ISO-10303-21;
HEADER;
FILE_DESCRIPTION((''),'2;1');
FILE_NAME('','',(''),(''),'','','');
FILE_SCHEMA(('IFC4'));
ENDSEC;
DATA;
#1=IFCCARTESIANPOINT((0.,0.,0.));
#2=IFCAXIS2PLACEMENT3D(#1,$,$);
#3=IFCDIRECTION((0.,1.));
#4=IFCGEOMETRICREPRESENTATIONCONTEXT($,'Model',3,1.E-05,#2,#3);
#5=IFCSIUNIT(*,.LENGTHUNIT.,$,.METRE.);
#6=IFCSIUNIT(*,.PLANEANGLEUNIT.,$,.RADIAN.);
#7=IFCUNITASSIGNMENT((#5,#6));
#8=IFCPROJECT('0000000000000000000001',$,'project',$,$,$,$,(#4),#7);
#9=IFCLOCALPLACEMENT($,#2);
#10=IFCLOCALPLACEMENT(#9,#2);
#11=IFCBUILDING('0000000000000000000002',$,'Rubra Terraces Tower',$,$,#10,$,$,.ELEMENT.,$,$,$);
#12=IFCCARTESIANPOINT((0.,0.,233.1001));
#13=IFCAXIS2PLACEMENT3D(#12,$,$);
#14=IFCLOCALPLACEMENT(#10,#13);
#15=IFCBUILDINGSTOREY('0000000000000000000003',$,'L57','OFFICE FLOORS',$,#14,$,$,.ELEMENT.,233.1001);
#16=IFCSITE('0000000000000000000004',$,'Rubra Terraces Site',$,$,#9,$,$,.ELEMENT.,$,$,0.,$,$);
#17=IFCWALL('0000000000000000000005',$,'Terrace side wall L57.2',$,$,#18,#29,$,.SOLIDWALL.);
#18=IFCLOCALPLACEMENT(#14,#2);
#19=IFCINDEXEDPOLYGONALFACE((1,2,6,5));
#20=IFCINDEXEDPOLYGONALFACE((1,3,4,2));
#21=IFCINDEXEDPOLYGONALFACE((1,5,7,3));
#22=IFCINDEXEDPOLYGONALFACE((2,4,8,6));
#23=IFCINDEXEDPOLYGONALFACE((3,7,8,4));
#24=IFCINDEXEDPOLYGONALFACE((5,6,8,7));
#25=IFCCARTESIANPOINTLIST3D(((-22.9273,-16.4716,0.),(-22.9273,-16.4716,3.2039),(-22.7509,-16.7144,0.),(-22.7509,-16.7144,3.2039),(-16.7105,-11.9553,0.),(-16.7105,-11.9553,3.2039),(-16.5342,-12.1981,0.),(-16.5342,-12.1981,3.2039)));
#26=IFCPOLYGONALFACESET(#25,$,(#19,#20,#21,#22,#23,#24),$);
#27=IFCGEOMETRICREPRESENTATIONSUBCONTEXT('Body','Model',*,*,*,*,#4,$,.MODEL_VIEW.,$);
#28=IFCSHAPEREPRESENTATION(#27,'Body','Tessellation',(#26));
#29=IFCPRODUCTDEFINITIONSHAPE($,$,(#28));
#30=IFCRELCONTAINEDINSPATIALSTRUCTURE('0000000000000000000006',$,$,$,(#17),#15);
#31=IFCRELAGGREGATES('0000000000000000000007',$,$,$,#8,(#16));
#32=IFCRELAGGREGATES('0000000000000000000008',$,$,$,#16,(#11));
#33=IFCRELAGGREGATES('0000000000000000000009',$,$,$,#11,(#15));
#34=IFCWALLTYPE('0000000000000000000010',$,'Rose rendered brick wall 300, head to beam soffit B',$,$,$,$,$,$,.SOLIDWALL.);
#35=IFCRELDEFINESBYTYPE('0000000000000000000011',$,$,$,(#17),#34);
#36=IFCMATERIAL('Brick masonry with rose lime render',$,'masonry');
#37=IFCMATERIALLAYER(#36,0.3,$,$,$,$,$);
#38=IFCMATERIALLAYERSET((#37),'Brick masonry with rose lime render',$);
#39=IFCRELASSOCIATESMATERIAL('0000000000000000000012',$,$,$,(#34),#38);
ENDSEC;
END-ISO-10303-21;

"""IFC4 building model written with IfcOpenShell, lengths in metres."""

from ifc_helpers import new_model, si_unit, direction, frame, frame_2d, origin, place, context, subcontext, project, spatial, rectangle, extrude, material, layer, layer_set, type_object, element, save


model = new_model("IFC4")

# Units and contexts
model_context = context("Model", 3, precision=1e-05, world=origin(), true_north=direction((0.0, 1.0)))
body_context = subcontext(model_context, "Body", "Model", "MODEL_VIEW")
ifc_project = project(units=[si_unit("LENGTHUNIT", "METRE"), si_unit("PLANEANGLEUNIT", "RADIAN")], contexts=[model_context])

# Site, building, storey
site_placement = place(None, origin())
site = spatial("IfcSite", under=ifc_project, at=site_placement, Name="Rubra Terraces Site", CompositionType="ELEMENT", RefElevation=0.0)
building_placement = place(site_placement, origin())
building = spatial("IfcBuilding", under=site, at=building_placement, Name="Rubra Terraces Tower", CompositionType="ELEMENT")
storey_placement = place(building_placement, frame((0.0, 0.0, 233.1001)))
storey = spatial("IfcBuildingStorey", under=building, at=storey_placement, Name="L57", Description="OFFICE FLOORS", CompositionType="ELEMENT", Elevation=233.1001)

# Wall
ifc_material_1 = material(Name="Brick masonry with rose lime render", Category="masonry")
ifc_layer_1 = layer(ifc_material_1, 0.3)
ifc_layer_set_1 = layer_set([ifc_layer_1], Name="Brick masonry with rose lime render")
wall_type_1 = type_object("IfcWallType", Name="Rose rendered brick wall 300, head to beam soffit B", PredefinedType="SOLIDWALL", material=ifc_layer_set_1)
wall_1_placement = place(storey_placement, frame((-22.8391, -16.593, 0.0), z_axis=(0.0, 0.0, 1.0), x_axis=(0.809042, 0.58775, 0.0)))
element("IfcWall", 1, at=wall_1_placement, inside=storey, type_object=wall_type_1, Name="Terrace side wall L57.2", PredefinedType="SOLIDWALL", context=body_context, shape_type="SweptSolid", body=[
    extrude(rectangle(XDim=7.6841, YDim=0.3, at=frame_2d((3.842, 0.0))), origin(), (0.0, 0.0, 1.0), 3.2039),
])

save(model, "model.ifc")
